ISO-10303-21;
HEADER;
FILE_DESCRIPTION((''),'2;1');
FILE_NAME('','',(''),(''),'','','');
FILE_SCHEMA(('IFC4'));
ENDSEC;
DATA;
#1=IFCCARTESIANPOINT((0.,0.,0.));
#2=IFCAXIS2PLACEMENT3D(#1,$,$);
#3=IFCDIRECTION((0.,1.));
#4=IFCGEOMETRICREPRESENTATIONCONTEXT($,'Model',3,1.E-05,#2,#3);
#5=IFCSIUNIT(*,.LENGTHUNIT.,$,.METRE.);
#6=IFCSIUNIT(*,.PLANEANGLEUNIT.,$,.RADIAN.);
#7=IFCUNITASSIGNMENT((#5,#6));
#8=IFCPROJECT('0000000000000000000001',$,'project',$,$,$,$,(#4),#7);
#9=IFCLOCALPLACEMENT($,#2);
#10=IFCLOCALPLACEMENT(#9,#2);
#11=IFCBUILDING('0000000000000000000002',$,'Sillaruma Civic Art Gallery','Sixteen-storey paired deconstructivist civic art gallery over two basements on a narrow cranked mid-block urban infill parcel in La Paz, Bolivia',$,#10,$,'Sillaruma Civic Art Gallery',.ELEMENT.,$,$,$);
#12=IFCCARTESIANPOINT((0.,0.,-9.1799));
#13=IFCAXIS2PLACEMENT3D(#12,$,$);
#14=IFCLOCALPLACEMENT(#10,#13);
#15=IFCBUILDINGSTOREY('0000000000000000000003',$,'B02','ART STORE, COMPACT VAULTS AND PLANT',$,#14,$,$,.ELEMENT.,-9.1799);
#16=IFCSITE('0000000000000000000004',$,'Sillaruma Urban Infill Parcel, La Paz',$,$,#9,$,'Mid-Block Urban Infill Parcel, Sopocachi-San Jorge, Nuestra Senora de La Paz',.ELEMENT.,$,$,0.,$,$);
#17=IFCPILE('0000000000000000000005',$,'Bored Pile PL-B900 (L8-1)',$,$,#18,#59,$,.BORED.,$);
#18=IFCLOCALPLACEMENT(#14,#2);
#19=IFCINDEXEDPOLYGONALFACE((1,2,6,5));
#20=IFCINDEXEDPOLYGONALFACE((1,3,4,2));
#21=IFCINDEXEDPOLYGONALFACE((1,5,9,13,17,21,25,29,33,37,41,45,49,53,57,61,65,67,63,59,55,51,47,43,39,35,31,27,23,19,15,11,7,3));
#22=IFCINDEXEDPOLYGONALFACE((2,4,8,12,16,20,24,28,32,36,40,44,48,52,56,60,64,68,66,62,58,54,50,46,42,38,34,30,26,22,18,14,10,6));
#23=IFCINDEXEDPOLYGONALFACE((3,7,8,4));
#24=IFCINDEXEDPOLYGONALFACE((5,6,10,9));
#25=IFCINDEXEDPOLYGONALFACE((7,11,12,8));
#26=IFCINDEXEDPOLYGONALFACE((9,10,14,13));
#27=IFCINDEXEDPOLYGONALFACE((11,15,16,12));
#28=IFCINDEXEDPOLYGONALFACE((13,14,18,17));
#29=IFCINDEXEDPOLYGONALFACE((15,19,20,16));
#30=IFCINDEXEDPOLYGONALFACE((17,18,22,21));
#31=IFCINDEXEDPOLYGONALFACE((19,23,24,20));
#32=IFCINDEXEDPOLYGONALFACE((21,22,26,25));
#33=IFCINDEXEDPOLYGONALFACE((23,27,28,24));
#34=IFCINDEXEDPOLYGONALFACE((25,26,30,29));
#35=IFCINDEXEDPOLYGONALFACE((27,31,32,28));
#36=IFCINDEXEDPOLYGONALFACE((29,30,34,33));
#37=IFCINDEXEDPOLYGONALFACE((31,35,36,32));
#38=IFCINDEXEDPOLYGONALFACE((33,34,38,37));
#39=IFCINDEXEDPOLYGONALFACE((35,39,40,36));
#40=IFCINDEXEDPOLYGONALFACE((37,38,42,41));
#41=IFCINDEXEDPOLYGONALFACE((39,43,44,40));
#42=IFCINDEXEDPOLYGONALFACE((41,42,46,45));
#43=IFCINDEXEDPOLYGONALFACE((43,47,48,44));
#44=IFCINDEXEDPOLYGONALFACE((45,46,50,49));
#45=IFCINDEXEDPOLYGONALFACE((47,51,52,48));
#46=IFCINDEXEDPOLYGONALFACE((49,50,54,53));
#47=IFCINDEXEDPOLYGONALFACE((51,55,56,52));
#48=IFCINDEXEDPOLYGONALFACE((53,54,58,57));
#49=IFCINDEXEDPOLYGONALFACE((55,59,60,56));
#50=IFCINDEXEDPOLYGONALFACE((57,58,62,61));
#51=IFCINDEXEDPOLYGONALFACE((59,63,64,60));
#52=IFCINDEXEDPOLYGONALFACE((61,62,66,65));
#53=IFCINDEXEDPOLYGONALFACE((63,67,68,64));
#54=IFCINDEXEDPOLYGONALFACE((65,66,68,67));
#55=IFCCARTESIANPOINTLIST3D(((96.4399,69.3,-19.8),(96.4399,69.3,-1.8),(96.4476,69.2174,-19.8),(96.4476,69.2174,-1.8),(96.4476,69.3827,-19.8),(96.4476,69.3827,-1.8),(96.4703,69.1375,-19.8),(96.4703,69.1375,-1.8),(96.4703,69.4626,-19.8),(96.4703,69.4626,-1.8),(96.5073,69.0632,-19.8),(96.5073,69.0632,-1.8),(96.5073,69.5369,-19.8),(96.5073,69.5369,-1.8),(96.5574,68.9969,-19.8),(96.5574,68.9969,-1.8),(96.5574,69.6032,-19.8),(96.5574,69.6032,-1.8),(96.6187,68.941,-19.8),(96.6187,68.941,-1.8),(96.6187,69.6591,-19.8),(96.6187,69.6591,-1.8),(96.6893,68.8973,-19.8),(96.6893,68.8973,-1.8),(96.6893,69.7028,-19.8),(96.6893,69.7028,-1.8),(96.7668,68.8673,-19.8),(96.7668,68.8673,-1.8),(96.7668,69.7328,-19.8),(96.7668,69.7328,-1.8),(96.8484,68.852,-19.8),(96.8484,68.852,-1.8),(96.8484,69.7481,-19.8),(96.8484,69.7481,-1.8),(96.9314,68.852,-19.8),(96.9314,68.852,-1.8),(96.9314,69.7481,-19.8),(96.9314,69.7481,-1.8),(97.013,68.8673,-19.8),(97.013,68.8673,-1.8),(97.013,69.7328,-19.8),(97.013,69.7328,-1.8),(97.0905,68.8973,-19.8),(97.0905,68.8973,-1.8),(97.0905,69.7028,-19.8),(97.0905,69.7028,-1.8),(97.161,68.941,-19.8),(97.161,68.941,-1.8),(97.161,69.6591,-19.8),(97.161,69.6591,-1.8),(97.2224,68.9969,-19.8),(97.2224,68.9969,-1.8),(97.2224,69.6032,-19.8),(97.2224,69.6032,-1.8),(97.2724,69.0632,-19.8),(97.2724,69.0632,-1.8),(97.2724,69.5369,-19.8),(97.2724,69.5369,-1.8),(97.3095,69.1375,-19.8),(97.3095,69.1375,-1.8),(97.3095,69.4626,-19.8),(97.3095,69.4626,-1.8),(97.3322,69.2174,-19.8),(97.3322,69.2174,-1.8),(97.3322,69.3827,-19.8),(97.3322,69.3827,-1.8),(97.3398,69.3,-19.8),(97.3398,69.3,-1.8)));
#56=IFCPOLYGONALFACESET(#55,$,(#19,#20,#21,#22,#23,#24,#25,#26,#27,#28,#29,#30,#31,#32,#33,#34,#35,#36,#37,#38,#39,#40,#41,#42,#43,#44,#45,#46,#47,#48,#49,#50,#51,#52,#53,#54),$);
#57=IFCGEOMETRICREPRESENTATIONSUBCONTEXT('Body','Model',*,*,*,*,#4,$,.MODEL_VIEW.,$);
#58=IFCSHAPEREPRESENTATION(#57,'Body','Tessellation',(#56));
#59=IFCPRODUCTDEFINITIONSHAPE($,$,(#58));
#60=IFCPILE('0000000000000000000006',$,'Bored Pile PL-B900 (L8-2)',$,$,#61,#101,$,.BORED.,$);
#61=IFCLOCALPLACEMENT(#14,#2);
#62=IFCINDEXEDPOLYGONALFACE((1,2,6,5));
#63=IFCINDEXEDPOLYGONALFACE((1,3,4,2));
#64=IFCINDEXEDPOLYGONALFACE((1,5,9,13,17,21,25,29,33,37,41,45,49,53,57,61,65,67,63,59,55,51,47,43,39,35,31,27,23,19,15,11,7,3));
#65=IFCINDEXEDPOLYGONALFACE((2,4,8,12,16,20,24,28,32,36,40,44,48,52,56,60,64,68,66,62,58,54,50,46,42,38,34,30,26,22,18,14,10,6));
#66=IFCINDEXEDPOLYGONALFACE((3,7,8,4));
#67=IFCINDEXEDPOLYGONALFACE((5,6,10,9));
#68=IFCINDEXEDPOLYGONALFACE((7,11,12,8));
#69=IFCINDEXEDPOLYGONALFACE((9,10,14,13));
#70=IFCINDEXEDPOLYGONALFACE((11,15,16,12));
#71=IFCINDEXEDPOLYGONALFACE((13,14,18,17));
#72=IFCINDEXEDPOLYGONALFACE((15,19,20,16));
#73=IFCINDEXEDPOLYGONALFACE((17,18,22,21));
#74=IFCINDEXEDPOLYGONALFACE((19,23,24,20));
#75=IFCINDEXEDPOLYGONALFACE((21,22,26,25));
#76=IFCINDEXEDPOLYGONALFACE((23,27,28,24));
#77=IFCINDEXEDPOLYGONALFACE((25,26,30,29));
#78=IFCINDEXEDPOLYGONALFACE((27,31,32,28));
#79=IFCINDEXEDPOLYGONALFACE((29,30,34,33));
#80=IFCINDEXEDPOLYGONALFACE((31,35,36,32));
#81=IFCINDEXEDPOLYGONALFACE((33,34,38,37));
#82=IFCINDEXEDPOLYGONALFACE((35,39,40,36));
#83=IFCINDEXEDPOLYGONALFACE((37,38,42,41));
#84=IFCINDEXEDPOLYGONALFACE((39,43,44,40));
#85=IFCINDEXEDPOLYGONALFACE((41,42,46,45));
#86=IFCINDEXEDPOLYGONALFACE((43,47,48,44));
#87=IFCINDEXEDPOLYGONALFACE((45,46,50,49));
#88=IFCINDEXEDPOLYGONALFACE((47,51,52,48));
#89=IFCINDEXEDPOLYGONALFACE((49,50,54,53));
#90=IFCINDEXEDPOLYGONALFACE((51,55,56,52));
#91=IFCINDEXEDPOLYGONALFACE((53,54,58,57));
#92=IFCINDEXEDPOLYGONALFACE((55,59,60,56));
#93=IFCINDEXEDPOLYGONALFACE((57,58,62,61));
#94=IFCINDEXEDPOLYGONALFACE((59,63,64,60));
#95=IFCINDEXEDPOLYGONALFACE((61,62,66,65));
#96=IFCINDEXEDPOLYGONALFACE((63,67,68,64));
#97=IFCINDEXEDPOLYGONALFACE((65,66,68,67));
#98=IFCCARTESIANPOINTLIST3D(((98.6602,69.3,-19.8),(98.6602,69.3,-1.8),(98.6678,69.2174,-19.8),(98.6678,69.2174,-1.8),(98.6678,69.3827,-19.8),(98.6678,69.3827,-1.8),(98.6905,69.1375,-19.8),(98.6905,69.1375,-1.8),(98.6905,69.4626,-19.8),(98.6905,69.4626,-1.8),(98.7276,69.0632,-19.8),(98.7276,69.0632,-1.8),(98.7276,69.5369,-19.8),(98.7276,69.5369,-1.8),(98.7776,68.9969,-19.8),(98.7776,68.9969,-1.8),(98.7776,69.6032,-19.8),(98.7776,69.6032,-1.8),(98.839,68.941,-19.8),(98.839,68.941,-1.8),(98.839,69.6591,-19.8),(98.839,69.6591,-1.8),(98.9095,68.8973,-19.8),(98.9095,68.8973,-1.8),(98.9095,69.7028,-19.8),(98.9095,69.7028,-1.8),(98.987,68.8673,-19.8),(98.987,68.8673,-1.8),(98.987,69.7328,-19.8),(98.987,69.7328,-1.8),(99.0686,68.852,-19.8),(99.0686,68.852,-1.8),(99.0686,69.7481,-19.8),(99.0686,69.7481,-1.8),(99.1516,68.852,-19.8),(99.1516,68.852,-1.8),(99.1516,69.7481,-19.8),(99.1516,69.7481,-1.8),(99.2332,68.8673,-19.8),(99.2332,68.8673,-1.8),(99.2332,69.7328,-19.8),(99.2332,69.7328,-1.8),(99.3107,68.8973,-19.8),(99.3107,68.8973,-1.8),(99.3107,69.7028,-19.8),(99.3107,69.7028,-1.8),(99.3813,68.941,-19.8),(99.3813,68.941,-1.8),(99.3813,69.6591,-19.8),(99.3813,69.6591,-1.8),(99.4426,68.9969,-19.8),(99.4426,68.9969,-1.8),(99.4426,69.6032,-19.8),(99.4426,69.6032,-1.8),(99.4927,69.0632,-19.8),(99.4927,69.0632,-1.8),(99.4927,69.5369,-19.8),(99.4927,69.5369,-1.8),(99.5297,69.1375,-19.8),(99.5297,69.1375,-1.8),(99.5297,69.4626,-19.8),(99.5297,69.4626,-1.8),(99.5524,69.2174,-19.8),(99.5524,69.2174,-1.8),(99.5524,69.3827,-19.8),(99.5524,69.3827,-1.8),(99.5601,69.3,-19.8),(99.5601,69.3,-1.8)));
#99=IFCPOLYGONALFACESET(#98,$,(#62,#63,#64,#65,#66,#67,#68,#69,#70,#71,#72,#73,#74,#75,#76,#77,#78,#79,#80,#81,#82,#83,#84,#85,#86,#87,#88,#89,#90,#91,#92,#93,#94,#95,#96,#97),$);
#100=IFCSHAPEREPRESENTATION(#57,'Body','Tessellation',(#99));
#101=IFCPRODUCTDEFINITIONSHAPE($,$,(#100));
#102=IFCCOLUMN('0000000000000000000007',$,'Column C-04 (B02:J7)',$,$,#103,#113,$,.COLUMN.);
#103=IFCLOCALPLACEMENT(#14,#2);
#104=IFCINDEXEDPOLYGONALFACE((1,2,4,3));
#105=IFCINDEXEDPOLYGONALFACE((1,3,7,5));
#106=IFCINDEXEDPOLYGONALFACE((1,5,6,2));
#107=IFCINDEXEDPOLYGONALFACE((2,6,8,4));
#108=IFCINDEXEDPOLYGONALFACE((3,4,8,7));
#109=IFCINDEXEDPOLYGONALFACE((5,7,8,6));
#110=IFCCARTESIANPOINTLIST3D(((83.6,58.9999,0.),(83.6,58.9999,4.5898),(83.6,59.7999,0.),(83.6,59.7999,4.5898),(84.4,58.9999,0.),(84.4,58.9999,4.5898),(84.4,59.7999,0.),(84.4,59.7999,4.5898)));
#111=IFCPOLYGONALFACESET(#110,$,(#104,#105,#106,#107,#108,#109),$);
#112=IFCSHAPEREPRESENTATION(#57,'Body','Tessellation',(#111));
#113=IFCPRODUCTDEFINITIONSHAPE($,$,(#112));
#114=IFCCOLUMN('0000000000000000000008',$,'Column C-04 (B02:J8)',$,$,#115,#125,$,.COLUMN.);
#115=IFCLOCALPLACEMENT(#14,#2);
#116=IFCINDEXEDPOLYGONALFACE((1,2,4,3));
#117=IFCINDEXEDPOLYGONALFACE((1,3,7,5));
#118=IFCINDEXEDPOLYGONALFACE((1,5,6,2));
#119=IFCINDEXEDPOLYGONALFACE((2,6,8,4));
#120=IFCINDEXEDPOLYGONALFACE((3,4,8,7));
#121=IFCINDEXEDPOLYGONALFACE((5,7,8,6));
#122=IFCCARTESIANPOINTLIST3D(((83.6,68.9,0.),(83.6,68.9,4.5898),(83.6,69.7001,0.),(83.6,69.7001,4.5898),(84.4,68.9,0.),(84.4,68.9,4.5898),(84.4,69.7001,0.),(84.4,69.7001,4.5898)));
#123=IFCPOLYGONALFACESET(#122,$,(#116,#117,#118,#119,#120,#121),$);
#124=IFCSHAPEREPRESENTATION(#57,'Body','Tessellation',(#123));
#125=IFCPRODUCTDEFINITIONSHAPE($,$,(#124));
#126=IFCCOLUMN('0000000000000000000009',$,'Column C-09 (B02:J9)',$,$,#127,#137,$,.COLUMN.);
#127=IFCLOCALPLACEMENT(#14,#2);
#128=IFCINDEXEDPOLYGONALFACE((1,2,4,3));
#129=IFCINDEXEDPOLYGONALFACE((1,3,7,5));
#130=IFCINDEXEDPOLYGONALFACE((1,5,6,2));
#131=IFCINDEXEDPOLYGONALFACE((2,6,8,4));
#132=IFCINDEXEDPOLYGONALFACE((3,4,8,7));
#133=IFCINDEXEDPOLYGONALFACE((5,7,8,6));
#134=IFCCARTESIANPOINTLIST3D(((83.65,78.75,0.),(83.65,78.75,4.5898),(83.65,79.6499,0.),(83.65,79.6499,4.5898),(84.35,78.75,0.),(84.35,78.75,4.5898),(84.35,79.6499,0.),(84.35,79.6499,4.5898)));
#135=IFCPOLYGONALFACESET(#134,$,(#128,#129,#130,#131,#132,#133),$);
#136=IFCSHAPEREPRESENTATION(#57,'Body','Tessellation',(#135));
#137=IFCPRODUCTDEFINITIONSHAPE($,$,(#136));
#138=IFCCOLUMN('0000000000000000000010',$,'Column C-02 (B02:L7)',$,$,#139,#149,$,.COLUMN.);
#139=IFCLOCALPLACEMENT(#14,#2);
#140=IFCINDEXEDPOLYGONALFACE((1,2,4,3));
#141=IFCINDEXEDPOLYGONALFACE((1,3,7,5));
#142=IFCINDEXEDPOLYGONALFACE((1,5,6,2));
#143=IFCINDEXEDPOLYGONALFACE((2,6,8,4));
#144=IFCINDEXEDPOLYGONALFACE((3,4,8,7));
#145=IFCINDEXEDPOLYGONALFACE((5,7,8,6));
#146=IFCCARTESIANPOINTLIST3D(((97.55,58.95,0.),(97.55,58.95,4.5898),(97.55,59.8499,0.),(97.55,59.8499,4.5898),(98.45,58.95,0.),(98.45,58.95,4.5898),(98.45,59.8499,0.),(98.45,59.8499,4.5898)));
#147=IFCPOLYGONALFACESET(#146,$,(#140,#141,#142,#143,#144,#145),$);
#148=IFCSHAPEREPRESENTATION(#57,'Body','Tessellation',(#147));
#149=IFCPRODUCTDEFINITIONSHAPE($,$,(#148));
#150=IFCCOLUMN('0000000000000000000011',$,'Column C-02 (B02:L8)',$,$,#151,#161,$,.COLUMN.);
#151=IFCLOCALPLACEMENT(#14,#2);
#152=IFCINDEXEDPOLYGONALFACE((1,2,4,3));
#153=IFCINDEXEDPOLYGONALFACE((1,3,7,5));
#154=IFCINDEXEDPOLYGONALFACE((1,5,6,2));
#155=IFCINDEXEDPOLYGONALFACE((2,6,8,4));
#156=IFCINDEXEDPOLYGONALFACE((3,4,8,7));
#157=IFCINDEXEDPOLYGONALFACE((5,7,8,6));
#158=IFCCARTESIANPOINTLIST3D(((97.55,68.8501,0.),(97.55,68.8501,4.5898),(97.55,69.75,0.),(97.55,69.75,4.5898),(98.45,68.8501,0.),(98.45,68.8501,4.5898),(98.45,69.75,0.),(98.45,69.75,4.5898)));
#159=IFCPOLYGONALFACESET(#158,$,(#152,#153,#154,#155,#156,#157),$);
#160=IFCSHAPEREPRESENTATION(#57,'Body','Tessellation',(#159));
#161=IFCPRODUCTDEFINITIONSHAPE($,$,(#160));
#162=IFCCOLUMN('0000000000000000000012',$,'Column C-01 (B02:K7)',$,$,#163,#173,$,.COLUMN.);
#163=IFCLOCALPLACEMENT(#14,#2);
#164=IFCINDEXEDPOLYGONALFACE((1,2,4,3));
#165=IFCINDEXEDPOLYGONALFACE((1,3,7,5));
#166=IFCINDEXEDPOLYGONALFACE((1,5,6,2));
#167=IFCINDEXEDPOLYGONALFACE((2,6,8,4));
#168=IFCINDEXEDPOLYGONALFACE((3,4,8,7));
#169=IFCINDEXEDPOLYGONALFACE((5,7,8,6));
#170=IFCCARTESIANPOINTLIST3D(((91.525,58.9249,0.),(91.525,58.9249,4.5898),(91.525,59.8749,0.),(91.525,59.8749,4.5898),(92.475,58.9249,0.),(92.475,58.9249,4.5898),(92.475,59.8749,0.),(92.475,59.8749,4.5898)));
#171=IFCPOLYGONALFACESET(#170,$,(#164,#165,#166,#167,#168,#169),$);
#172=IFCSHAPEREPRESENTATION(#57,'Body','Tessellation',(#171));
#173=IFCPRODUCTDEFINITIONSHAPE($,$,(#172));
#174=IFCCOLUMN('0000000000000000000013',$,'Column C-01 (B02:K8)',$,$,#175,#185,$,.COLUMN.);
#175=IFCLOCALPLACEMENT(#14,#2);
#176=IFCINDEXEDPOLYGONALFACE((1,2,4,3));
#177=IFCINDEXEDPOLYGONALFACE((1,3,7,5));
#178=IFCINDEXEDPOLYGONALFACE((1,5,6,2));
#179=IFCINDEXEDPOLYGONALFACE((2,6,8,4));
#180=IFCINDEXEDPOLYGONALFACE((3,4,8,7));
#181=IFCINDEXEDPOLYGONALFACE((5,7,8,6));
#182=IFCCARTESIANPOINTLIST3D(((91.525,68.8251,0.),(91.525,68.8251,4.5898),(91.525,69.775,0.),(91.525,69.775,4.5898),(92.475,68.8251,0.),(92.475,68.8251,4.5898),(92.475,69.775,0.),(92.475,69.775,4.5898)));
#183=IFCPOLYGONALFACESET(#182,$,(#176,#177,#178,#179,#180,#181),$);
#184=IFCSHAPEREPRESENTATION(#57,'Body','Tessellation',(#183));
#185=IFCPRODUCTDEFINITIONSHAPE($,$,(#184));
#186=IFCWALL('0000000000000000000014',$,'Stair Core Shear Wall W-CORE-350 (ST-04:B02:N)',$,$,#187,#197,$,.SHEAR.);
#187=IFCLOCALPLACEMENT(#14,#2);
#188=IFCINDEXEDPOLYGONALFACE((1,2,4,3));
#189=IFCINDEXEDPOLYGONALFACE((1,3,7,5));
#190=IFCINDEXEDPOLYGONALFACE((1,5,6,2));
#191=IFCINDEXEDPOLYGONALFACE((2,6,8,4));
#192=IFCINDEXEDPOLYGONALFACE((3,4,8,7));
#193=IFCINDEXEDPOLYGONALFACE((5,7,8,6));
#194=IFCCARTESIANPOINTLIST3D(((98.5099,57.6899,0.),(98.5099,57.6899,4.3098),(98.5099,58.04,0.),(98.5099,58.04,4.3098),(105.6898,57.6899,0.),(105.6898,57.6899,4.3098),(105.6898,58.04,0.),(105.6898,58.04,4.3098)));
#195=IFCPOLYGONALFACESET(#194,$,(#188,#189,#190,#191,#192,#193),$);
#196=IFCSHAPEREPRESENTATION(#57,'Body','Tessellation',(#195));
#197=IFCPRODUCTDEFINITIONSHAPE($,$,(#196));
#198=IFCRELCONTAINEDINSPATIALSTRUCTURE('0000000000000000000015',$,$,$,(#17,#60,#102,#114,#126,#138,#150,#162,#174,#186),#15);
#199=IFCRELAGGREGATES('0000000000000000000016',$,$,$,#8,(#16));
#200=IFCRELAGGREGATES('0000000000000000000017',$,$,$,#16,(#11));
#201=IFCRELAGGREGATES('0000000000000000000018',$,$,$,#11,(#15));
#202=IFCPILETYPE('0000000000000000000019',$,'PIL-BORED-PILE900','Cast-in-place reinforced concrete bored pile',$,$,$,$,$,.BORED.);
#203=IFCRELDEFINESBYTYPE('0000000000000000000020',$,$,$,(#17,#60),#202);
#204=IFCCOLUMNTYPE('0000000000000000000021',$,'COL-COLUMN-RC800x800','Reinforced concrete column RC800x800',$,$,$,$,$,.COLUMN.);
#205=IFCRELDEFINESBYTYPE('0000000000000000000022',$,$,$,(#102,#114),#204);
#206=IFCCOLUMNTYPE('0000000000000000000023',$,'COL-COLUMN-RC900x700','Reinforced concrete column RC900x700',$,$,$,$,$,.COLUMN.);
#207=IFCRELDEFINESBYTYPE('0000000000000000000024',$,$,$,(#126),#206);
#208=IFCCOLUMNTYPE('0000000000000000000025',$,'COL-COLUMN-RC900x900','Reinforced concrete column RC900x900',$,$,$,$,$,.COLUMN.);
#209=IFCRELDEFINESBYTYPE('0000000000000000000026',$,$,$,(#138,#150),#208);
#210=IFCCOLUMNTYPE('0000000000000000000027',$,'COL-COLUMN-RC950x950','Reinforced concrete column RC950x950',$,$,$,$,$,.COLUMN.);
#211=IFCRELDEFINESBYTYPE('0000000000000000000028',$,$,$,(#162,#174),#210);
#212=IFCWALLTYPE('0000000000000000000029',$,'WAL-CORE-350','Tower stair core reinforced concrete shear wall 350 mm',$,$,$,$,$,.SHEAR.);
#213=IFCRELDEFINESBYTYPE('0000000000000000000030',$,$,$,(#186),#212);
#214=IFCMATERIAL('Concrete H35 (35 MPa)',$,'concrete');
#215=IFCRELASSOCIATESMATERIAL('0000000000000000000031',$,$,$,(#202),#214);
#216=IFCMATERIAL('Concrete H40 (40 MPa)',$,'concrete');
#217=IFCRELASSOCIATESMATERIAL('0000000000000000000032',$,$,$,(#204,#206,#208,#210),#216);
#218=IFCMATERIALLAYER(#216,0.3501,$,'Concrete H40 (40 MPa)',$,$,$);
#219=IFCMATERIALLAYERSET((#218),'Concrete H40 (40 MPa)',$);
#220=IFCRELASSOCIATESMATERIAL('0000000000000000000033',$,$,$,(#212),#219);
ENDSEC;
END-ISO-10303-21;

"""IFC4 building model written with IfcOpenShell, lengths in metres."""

from ifc_helpers import new_model, si_unit, direction, frame, frame_2d, origin, origin_2d, place, context, subcontext, project, spatial, rectangle, circle, extrude, material, layer, layer_set, material_profile, profile_set, type_object, element, save


model = new_model("IFC4")

# Units and contexts
model_context = context("Model", 3, precision=1e-05, world=origin(), true_north=direction((0.0, 1.0)))
body_context = subcontext(model_context, "Body", "Model", "MODEL_VIEW")
ifc_project = project(units=[si_unit("LENGTHUNIT", "METRE"), si_unit("PLANEANGLEUNIT", "RADIAN")], contexts=[model_context])

# Site, building, storey
site_placement = place(None, origin())
site = spatial("IfcSite", under=ifc_project, at=site_placement, Name="Sillaruma Urban Infill Parcel, La Paz", LongName="Mid-Block Urban Infill Parcel, Sopocachi-San Jorge, Nuestra Senora de La Paz", CompositionType="ELEMENT", RefElevation=0.0)
building_placement = place(site_placement, origin())
building = spatial("IfcBuilding", under=site, at=building_placement, Name="Sillaruma Civic Art Gallery", Description="Sixteen-storey paired deconstructivist civic art gallery over two basements on a narrow cranked mid-block urban infill parcel in La Paz, Bolivia", LongName="Sillaruma Civic Art Gallery", CompositionType="ELEMENT")
storey_placement = place(building_placement, frame((0.0, 0.0, -9.1799)))
storey = spatial("IfcBuildingStorey", under=building, at=storey_placement, Name="B02", Description="ART STORE, COMPACT VAULTS AND PLANT", CompositionType="ELEMENT", Elevation=-9.1799)

# Shared definitions
ifc_material_1 = material(Name="Concrete H35 (35 MPa)", Category="concrete")

# Piles
ifc_material_profile_1 = material_profile(ifc_material_1, circle(Radius=0.45, at=origin_2d()), Name="PILE900")
ifc_profile_set_1 = profile_set([ifc_material_profile_1], Name="Concrete H35 (35 MPa)")
pile_type_1 = type_object("IfcPileType", Name="PIL-BORED-PILE900", Description="Cast-in-place reinforced concrete bored pile", PredefinedType="BORED", material=ifc_profile_set_1)
for number, where, z_axis, x_axis, name in (
    (1, (96.8899, 69.3, -1.8), (0.0, 0.0, -1.0), (1.0, 0.0, 0.0), "Bored Pile PL-B900 (L8-1)"),
    (2, (99.1101, 69.3, -1.8), (0.0, 0.0, -1.0), (1.0, 0.0, 0.0), "Bored Pile PL-B900 (L8-2)"),
):
    element("IfcPile", number, at=place(storey_placement, frame(where, z_axis=z_axis, x_axis=x_axis)), inside=storey, type_object=pile_type_1, Name=name, PredefinedType="BORED", context=body_context, shape_type="SweptSolid", body=[
        extrude(circle(Radius=0.45, at=origin_2d()), origin(), (0.0, 0.0, 1.0), 18.0),
    ])

# Columns
ifc_material_2 = material(Name="Concrete H40 (40 MPa)", Category="concrete")
ifc_material_profile_2 = material_profile(ifc_material_2, rectangle(XDim=0.8, YDim=0.8, at=origin_2d()), Name="RC800x800")
ifc_profile_set_2 = profile_set([ifc_material_profile_2], Name="Concrete H40 (40 MPa)")
column_type_1 = type_object("IfcColumnType", Name="COL-COLUMN-RC800x800", Description="Reinforced concrete column RC800x800", PredefinedType="COLUMN", material=ifc_profile_set_2)
for number, where, z_axis, x_axis, name in (
    (3, (84.0, 59.3999, 0.0), (0.0, 0.0, 1.0), (1.0, 0.0, 0.0), "Column C-04 (B02:J7)"),
    (4, (84.0, 69.3, 0.0), (0.0, 0.0, 1.0), (1.0, 0.0, 0.0), "Column C-04 (B02:J8)"),
):
    element("IfcColumn", number, at=place(storey_placement, frame(where, z_axis=z_axis, x_axis=x_axis)), inside=storey, type_object=column_type_1, Name=name, PredefinedType="COLUMN", context=body_context, shape_type="SweptSolid", body=[
        extrude(rectangle(XDim=0.8, YDim=0.8, at=origin_2d()), origin(), (0.0, 0.0, 1.0), 4.5898),
    ])
ifc_material_profile_3 = material_profile(ifc_material_2, rectangle(XDim=0.7, YDim=0.8999, at=origin_2d()), Name="RC900x700")
ifc_profile_set_3 = profile_set([ifc_material_profile_3], Name="Concrete H40 (40 MPa)")
column_type_2 = type_object("IfcColumnType", Name="COL-COLUMN-RC900x700", Description="Reinforced concrete column RC900x700", PredefinedType="COLUMN", material=ifc_profile_set_3)
column_placement = place(storey_placement, frame((84.0, 79.2, 0.0), z_axis=(0.0, 0.0, 1.0), x_axis=(1.0, 0.0, 0.0)))
element("IfcColumn", 5, at=column_placement, inside=storey, type_object=column_type_2, Name="Column C-09 (B02:J9)", PredefinedType="COLUMN", context=body_context, shape_type="SweptSolid", body=[
    extrude(rectangle(XDim=0.7, YDim=0.8999, at=origin_2d()), origin(), (0.0, 0.0, 1.0), 4.5898),
])
ifc_material_profile_4 = material_profile(ifc_material_2, rectangle(XDim=0.8999, YDim=0.8999, at=origin_2d()), Name="RC900x900")
ifc_profile_set_4 = profile_set([ifc_material_profile_4], Name="Concrete H40 (40 MPa)")
column_type_3 = type_object("IfcColumnType", Name="COL-COLUMN-RC900x900", Description="Reinforced concrete column RC900x900", PredefinedType="COLUMN", material=ifc_profile_set_4)
for number, where, z_axis, x_axis, name in (
    (6, (98.0, 59.3999, 0.0), (0.0, 0.0, 1.0), (1.0, 0.0, 0.0), "Column C-02 (B02:L7)"),
    (7, (98.0, 69.3, 0.0), (0.0, 0.0, 1.0), (1.0, 0.0, 0.0), "Column C-02 (B02:L8)"),
):
    element("IfcColumn", number, at=place(storey_placement, frame(where, z_axis=z_axis, x_axis=x_axis)), inside=storey, type_object=column_type_3, Name=name, PredefinedType="COLUMN", context=body_context, shape_type="SweptSolid", body=[
        extrude(rectangle(XDim=0.8999, YDim=0.8999, at=origin_2d()), origin(), (0.0, 0.0, 1.0), 4.5898),
    ])
ifc_material_profile_5 = material_profile(ifc_material_2, rectangle(XDim=0.95, YDim=0.95, at=origin_2d()), Name="RC950x950")
ifc_profile_set_5 = profile_set([ifc_material_profile_5], Name="Concrete H40 (40 MPa)")
column_type_4 = type_object("IfcColumnType", Name="COL-COLUMN-RC950x950", Description="Reinforced concrete column RC950x950", PredefinedType="COLUMN", material=ifc_profile_set_5)
for number, where, z_axis, x_axis, name in (
    (8, (92.0, 59.3999, 0.0), (0.0, 0.0, 1.0), (1.0, 0.0, 0.0), "Column C-01 (B02:K7)"),
    (9, (92.0, 69.3, 0.0), (0.0, 0.0, 1.0), (1.0, 0.0, 0.0), "Column C-01 (B02:K8)"),
):
    element("IfcColumn", number, at=place(storey_placement, frame(where, z_axis=z_axis, x_axis=x_axis)), inside=storey, type_object=column_type_4, Name=name, PredefinedType="COLUMN", context=body_context, shape_type="SweptSolid", body=[
        extrude(rectangle(XDim=0.95, YDim=0.95, at=origin_2d()), origin(), (0.0, 0.0, 1.0), 4.5898),
    ])

# Wall
ifc_layer_1 = layer(ifc_material_2, 0.3501, Name="Concrete H40 (40 MPa)")
ifc_layer_set_1 = layer_set([ifc_layer_1], Name="Concrete H40 (40 MPa)")
wall_type = type_object("IfcWallType", Name="WAL-CORE-350", Description="Tower stair core reinforced concrete shear wall 350 mm", PredefinedType="SHEAR", material=ifc_layer_set_1)
wall_placement = place(storey_placement, frame((98.51, 57.865, 0.0), z_axis=(0.0, 0.0, 1.0), x_axis=(1.0, 0.0, 0.0)))
element("IfcWall", 10, at=wall_placement, inside=storey, type_object=wall_type, Name="Stair Core Shear Wall W-CORE-350 (ST-04:B02:N)", PredefinedType="SHEAR", context=body_context, shape_type="SweptSolid", body=[
    extrude(rectangle(XDim=7.1799, YDim=0.3501, at=frame_2d((3.5898, 0.0))), origin(), (0.0, 0.0, 1.0), 4.3098),
])

save(model, "model.ifc")
